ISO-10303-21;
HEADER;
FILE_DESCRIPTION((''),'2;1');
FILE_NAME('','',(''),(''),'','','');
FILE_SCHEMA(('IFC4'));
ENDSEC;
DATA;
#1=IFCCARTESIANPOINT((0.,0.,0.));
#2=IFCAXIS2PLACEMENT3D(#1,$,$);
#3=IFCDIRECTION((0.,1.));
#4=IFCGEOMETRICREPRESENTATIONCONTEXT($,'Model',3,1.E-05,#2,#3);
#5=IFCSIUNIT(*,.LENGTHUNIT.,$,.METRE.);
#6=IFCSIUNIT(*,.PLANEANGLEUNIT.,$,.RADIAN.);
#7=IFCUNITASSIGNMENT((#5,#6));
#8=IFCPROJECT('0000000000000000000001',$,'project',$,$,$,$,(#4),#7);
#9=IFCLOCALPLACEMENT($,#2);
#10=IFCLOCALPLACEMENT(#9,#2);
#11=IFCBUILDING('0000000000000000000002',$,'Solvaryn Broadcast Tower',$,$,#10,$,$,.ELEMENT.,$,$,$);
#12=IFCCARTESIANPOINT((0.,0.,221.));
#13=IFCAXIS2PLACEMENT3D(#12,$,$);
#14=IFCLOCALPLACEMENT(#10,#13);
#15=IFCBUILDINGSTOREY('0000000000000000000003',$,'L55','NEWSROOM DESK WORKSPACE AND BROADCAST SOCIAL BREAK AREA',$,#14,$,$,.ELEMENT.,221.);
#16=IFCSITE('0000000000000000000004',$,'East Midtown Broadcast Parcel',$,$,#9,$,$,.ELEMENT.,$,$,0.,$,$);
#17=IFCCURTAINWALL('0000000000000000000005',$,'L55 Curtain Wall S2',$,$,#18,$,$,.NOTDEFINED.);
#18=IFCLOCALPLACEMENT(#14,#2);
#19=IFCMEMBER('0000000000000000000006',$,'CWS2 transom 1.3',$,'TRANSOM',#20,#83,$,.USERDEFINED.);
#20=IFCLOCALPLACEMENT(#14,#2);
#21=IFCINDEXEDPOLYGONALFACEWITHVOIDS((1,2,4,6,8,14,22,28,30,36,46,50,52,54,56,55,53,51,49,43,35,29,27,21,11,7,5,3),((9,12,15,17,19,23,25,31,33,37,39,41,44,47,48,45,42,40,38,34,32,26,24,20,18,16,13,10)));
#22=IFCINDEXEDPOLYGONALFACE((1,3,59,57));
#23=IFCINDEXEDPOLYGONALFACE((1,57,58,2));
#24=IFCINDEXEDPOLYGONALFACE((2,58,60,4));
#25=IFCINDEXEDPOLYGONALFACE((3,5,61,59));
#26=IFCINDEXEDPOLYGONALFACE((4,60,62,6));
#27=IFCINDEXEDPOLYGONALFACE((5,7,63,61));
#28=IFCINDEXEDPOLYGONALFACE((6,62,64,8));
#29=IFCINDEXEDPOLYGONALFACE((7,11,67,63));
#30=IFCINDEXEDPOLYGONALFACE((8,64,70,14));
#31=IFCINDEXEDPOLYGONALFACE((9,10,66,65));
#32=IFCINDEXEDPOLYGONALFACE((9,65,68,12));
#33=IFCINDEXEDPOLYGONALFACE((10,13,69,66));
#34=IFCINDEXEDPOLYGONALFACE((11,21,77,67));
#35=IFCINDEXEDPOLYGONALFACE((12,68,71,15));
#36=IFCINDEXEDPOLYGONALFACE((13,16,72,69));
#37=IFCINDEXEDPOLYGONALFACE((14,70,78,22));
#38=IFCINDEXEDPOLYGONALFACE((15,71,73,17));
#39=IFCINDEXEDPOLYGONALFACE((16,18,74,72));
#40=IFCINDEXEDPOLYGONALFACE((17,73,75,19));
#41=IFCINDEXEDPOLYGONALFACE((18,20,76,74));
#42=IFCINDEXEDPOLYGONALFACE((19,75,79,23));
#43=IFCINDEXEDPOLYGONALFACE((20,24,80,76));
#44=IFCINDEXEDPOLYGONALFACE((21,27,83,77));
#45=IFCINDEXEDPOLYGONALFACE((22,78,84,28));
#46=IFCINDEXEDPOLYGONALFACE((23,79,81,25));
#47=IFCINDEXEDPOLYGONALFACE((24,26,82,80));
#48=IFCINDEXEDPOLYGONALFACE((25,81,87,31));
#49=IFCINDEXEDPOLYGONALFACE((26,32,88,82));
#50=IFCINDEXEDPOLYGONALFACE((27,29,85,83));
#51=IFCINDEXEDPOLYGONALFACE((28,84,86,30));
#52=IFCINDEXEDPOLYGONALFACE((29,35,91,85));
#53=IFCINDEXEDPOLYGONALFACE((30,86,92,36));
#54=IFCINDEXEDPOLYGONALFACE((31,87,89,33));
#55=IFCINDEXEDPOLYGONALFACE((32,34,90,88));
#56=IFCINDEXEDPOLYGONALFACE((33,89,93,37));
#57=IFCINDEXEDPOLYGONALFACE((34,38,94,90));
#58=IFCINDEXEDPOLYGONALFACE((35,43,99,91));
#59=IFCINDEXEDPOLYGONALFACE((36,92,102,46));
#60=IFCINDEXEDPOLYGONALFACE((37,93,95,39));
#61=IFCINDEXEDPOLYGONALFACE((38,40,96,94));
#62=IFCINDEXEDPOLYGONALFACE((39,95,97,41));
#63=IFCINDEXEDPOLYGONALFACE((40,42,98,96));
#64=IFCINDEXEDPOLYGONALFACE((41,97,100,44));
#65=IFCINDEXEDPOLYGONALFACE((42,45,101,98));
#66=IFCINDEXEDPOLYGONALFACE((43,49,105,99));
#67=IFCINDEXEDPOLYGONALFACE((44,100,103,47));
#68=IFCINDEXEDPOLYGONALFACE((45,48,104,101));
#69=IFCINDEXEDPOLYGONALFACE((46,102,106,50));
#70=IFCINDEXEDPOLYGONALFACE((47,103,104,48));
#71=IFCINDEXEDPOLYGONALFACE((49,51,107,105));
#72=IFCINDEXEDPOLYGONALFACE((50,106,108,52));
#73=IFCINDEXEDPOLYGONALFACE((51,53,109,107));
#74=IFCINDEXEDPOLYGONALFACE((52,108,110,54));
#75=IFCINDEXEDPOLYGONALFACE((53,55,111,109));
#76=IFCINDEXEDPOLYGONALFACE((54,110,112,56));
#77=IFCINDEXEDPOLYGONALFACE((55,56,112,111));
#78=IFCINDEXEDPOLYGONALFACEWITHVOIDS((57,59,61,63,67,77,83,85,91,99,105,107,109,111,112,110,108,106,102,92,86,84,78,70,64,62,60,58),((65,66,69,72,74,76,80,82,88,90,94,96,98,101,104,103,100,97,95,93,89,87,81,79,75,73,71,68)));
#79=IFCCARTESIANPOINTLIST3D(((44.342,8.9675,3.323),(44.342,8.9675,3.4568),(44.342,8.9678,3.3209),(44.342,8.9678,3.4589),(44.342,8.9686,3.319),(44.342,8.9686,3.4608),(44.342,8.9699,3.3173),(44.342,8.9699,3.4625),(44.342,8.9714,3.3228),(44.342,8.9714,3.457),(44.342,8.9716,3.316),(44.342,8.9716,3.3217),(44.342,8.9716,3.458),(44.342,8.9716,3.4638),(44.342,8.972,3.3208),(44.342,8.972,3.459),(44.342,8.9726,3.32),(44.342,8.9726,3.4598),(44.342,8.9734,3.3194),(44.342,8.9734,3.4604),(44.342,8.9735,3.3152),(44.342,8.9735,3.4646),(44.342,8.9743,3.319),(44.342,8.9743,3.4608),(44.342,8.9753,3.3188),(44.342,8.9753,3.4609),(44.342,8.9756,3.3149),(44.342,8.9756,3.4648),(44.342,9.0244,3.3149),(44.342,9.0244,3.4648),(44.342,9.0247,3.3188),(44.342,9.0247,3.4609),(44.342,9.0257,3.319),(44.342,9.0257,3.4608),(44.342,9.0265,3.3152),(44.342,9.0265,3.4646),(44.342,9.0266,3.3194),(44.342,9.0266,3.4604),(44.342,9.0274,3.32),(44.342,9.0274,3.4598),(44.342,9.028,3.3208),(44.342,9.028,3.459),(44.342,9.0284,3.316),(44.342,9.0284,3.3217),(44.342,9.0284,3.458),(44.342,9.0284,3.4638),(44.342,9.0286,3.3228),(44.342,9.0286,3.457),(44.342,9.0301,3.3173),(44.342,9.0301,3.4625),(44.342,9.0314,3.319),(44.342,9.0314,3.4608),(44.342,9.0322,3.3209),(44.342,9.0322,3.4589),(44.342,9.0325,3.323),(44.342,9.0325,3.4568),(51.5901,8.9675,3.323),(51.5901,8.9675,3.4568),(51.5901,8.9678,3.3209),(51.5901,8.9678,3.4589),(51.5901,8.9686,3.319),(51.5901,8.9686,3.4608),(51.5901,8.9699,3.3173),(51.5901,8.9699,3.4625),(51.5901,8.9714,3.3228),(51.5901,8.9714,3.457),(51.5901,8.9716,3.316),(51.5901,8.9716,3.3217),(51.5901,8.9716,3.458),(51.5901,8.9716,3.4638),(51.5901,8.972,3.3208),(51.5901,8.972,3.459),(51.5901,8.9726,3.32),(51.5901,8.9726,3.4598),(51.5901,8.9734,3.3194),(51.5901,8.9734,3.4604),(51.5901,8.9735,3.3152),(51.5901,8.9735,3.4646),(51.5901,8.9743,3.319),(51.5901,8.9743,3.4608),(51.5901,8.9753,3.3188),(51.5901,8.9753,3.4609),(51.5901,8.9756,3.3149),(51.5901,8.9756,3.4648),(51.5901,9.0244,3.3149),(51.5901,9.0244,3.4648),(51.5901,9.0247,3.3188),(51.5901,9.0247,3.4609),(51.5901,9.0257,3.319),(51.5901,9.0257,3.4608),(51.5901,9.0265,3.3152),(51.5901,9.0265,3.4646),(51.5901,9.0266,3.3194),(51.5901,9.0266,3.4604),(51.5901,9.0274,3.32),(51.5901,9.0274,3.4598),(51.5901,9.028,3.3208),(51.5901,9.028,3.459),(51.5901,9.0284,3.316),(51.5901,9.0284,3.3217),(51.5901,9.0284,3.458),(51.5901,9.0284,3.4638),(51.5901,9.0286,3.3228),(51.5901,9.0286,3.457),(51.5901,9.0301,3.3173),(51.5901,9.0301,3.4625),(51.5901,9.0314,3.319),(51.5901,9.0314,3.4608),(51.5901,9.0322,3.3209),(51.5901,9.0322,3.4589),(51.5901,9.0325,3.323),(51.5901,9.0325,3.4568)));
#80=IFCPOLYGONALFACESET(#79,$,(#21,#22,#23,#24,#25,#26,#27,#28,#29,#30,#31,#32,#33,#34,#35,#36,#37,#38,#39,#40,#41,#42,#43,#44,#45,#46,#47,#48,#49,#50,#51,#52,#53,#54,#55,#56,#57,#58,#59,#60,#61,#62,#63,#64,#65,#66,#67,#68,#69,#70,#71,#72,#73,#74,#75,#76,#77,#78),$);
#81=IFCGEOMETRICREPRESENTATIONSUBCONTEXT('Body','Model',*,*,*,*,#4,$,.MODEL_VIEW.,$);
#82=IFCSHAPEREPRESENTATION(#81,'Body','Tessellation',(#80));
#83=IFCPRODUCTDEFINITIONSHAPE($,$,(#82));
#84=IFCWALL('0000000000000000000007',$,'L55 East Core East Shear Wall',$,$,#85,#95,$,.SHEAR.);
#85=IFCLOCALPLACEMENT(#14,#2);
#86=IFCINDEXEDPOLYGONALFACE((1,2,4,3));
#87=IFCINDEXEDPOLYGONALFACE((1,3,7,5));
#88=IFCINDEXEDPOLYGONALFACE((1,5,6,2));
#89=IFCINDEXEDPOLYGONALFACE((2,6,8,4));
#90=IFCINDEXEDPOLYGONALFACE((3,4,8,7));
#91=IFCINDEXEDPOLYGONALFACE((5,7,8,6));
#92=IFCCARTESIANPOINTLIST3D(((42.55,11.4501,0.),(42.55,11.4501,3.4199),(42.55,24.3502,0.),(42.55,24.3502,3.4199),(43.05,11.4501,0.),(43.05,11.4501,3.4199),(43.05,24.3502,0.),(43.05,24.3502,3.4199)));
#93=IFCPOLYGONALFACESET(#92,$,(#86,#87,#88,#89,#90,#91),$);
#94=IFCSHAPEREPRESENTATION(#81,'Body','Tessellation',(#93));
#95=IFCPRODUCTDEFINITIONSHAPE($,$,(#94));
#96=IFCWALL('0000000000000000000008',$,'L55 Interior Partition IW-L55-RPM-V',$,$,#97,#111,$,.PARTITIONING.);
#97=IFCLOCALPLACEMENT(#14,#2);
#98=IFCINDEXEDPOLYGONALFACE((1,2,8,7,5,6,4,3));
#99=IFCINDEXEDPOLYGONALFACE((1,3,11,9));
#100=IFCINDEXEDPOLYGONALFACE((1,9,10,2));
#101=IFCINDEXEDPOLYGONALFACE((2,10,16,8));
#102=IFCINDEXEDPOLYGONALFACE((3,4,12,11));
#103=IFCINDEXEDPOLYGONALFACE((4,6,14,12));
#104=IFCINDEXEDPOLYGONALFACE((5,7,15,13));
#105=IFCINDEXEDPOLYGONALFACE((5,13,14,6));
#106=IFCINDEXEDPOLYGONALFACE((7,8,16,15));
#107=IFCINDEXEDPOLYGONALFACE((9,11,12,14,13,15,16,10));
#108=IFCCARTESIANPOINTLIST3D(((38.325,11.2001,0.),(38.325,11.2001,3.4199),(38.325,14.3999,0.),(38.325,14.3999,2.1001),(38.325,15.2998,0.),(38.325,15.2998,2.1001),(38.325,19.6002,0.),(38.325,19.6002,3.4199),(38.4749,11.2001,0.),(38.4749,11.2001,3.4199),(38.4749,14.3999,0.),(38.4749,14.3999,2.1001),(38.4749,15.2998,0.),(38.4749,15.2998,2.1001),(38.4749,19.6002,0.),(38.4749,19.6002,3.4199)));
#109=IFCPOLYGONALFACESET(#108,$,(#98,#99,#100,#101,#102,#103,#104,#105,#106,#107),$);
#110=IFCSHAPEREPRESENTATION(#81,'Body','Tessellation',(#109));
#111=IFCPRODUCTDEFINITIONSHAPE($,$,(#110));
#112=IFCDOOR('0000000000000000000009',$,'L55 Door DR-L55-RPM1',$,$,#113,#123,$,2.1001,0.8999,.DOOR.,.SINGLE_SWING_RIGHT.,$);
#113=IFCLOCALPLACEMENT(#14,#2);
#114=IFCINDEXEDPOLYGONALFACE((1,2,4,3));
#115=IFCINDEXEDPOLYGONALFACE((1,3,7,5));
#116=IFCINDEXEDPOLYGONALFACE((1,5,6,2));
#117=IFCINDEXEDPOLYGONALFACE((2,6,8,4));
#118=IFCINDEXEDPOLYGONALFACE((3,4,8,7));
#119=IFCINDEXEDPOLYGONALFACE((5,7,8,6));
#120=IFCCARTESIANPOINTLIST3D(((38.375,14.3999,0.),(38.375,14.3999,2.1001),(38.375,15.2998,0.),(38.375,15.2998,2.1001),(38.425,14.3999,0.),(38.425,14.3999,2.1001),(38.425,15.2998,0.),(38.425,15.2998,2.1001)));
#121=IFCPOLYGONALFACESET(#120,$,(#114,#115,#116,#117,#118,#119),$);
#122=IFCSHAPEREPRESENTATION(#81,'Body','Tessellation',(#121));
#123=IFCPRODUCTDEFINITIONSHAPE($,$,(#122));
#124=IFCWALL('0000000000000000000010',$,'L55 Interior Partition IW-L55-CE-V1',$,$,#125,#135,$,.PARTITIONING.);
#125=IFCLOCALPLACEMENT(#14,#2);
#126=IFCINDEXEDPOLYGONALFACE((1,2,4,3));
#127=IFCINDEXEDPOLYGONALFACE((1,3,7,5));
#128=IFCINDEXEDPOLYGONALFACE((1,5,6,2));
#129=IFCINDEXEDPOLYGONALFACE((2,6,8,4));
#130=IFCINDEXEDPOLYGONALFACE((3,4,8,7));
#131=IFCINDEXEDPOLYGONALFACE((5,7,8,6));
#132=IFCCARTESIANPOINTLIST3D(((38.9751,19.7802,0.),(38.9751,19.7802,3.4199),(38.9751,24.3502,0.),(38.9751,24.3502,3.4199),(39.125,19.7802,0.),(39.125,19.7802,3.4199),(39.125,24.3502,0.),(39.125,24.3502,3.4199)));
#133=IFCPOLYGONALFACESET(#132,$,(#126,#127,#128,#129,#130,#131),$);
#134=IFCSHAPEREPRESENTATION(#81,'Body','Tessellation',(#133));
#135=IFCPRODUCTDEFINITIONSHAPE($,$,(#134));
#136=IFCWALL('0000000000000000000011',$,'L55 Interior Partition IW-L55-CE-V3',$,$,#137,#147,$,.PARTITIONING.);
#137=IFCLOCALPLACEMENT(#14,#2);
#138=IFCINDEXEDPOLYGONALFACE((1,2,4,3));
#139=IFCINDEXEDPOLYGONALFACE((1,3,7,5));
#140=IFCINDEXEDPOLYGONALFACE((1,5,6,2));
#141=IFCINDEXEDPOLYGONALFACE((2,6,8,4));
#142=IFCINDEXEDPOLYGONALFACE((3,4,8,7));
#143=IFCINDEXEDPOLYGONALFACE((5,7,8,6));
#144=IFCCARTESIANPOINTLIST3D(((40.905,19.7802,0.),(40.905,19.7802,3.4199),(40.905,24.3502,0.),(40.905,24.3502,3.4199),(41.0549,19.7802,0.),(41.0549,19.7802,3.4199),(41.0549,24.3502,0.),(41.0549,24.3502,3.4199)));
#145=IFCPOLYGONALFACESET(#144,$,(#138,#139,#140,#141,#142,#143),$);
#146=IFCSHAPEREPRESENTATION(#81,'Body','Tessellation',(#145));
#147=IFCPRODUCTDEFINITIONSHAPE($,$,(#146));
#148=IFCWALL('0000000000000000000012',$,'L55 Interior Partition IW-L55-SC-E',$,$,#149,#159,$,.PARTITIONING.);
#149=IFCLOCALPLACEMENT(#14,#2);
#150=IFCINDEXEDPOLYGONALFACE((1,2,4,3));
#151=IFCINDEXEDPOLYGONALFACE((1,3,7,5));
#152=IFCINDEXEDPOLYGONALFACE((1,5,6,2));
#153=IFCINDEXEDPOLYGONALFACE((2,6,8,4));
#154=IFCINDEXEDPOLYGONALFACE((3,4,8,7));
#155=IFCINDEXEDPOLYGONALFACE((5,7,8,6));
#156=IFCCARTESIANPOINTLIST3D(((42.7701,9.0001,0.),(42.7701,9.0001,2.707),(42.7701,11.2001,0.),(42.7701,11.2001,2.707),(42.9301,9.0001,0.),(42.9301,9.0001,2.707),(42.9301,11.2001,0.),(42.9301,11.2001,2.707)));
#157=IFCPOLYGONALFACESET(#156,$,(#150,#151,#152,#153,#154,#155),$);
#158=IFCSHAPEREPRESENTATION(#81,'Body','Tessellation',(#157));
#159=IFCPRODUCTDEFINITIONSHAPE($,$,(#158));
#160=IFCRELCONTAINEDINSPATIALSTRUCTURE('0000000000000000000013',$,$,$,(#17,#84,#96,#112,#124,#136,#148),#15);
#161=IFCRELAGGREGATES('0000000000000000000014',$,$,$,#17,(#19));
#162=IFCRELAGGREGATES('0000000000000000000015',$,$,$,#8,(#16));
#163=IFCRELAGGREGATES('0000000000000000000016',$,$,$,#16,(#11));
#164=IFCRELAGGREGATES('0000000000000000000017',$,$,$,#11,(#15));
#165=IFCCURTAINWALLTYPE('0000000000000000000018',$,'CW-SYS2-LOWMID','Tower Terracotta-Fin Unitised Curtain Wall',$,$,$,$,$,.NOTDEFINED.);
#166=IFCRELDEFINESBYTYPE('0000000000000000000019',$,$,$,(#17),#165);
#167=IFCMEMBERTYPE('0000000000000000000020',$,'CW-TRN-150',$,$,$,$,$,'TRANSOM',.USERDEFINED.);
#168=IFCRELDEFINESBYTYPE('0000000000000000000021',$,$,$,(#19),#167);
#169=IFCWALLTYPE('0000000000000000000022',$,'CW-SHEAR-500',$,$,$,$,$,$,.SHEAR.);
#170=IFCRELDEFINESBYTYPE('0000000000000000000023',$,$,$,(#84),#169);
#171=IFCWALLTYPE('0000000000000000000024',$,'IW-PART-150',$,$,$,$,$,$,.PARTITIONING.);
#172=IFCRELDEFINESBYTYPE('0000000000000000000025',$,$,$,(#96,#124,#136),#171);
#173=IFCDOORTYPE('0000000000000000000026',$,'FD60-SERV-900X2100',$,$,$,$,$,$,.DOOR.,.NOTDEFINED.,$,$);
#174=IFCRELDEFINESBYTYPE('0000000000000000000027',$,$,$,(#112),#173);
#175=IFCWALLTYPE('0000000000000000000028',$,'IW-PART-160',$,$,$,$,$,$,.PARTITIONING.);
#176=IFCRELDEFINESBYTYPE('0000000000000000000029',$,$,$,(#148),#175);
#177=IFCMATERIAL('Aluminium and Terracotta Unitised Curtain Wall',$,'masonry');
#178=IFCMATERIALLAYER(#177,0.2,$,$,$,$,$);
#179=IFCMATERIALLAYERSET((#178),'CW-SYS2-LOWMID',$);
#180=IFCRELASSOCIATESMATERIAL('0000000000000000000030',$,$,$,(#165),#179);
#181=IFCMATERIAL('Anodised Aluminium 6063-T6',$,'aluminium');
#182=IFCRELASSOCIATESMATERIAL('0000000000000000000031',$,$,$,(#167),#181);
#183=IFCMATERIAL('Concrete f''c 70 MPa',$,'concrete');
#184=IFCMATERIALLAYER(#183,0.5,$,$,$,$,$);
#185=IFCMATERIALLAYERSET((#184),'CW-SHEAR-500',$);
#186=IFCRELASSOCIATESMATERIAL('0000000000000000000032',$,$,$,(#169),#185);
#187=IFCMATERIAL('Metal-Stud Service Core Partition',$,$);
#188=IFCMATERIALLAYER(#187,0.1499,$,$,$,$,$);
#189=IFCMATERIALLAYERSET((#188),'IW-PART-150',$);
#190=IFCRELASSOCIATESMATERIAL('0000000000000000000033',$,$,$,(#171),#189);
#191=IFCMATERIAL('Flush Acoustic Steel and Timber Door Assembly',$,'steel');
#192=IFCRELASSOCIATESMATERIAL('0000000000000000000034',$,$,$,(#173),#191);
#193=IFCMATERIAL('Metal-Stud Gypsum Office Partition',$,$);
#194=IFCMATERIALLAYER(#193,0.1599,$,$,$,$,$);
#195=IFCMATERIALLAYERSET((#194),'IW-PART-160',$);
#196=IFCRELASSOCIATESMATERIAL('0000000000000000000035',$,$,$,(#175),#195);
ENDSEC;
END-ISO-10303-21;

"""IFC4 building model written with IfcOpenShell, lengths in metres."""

from ifc_helpers import new_model, si_unit, direction, frame, frame_2d, origin, origin_2d, place, context, subcontext, project, spatial, rectangle, hollow_rectangle, extrude, material, layer, layer_set, material_profile, profile_set, type_object, element, fill, aggregate, save


model = new_model("IFC4")

# Units and contexts
model_context = context("Model", 3, precision=1e-05, world=origin(), true_north=direction((0.0, 1.0)))
body_context = subcontext(model_context, "Body", "Model", "MODEL_VIEW")
ifc_project = project(units=[si_unit("LENGTHUNIT", "METRE"), si_unit("PLANEANGLEUNIT", "RADIAN")], contexts=[model_context])

# Site, building, storey
site_placement = place(None, origin())
site = spatial("IfcSite", under=ifc_project, at=site_placement, Name="East Midtown Broadcast Parcel", CompositionType="ELEMENT", RefElevation=0.0)
building_placement = place(site_placement, origin())
building = spatial("IfcBuilding", under=site, at=building_placement, Name="Solvaryn Broadcast Tower", CompositionType="ELEMENT")
storey_placement = place(building_placement, frame((0.0, 0.0, 221.0)))
storey = spatial("IfcBuildingStorey", under=building, at=storey_placement, Name="L55", Description="NEWSROOM DESK WORKSPACE AND BROADCAST SOCIAL BREAK AREA", CompositionType="ELEMENT", Elevation=221.0)

# Shared definitions
ifc_material_1 = material(Name="Aluminium and Terracotta Unitised Curtain Wall", Category="masonry")
ifc_layer_1 = layer(ifc_material_1, 0.2)
ifc_layer_set_1 = layer_set([ifc_layer_1], Name="CW-SYS2-LOWMID")
curtain_wall_type = type_object("IfcCurtainWallType", Name="CW-SYS2-LOWMID", Description="Tower Terracotta-Fin Unitised Curtain Wall", PredefinedType="NOTDEFINED", material=ifc_layer_set_1)

# Curtain wall, member
curtain_wall_1_placement = place(storey_placement, origin())
curtain_wall_1 = element("IfcCurtainWall", 1, at=curtain_wall_1_placement, inside=storey, type_object=curtain_wall_type, Name="L55 Curtain Wall S2", PredefinedType="NOTDEFINED")
ifc_material_2 = material(Name="Anodised Aluminium 6063-T6", Category="aluminium")
ifc_material_profile_1 = material_profile(ifc_material_2, hollow_rectangle(XDim=0.0649, YDim=0.1499, WallThickness=0.0039, InnerFilletRadius=0.0039, OuterFilletRadius=0.0081, at=origin_2d()))
ifc_profile_set_1 = profile_set([ifc_material_profile_1], Name="Anodised Aluminium 6063-T6")
member_type_1 = type_object("IfcMemberType", Name="CW-TRN-150", ElementType="TRANSOM", PredefinedType="USERDEFINED", material=ifc_profile_set_1)
member_1_placement = place(storey_placement, frame((44.342, 9.0, 3.3899), z_axis=(1.0, 0.0, 0.0), x_axis=(0.0, 1.0, 0.0)))
member_1 = element("IfcMember", 2, at=member_1_placement, type_object=member_type_1, Name="CWS2 transom 1.3", ObjectType="TRANSOM", PredefinedType="USERDEFINED", context=body_context, shape_type="SweptSolid", body=[
    extrude(hollow_rectangle(XDim=0.0649, YDim=0.1499, WallThickness=0.0039, InnerFilletRadius=0.0039, OuterFilletRadius=0.0081, at=origin_2d()), origin(), (0.0, 0.0, 1.0), 7.248),
])
aggregate(curtain_wall_1, [member_1])

# Wall
ifc_material_3 = material(Name="Concrete f'c 70 MPa", Category="concrete")
ifc_layer_2 = layer(ifc_material_3, 0.5)
ifc_layer_set_2 = layer_set([ifc_layer_2], Name="CW-SHEAR-500")
wall_type_1 = type_object("IfcWallType", Name="CW-SHEAR-500", PredefinedType="SHEAR", material=ifc_layer_set_2)
wall_1_placement = place(storey_placement, frame((42.8, 11.45, 0.0), z_axis=(0.0, 0.0, 1.0), x_axis=(0.0, 1.0, 0.0)))
element("IfcWall", 3, at=wall_1_placement, inside=storey, type_object=wall_type_1, Name="L55 East Core East Shear Wall", PredefinedType="SHEAR", context=body_context, shape_type="SweptSolid", body=[
    extrude(rectangle(XDim=12.9001, YDim=0.5, at=frame_2d((6.4502, 0.0))), origin(), (0.0, 0.0, 1.0), 3.4199),
])

# Wall, opening, door
ifc_material_4 = material(Name="Metal-Stud Service Core Partition")
ifc_layer_3 = layer(ifc_material_4, 0.1499)
ifc_layer_set_3 = layer_set([ifc_layer_3], Name="IW-PART-150")
wall_type_2 = type_object("IfcWallType", Name="IW-PART-150", PredefinedType="PARTITIONING", material=ifc_layer_set_3)
wall_2_placement = place(storey_placement, frame((38.3999, 11.2, 0.0), z_axis=(0.0, 0.0, 1.0), x_axis=(0.0, 1.0, 0.0)))
wall_2 = element("IfcWall", 4, at=wall_2_placement, inside=storey, type_object=wall_type_2, Name="L55 Interior Partition IW-L55-RPM-V", PredefinedType="PARTITIONING", context=body_context, shape_type="SweptSolid", body=[
    extrude(rectangle(XDim=8.4001, YDim=0.1499, at=frame_2d((4.2002, 0.0))), origin(), (0.0, 0.0, 1.0), 3.4199),
])
opening_1_placement = place(wall_2_placement, frame((3.2, 0.0, 0.0)))
opening_1 = element("IfcOpeningElement", 5, at=opening_1_placement, cuts=wall_2, PredefinedType="OPENING", context=body_context, shape_type="SweptSolid", body=[
    extrude(rectangle(XDim=0.8999, YDim=2.1001, at=frame_2d((0.45, 1.05))), frame((0.0, 0.085, 0.0), z_axis=(0.0, -1.0, 0.0), x_axis=(1.0, 0.0, 0.0)), (0.0, 0.0, 1.0), 0.1699),
])
ifc_material_5 = material(Name="Flush Acoustic Steel and Timber Door Assembly", Category="steel")
door_type_1 = type_object("IfcDoorType", Name="FD60-SERV-900X2100", OperationType="NOTDEFINED", PredefinedType="DOOR", material=ifc_material_5)
door_1_placement = place(opening_1_placement, origin())
door_1 = element("IfcDoor", 6, at=door_1_placement, inside=storey, type_object=door_type_1, Name="L55 Door DR-L55-RPM1", OperationType="SINGLE_SWING_RIGHT", OverallHeight=2.1001, OverallWidth=0.8999, PredefinedType="DOOR", context=body_context, shape_type="SweptSolid", body=[
    extrude(rectangle(XDim=0.8999, YDim=2.1001, at=frame_2d((0.45, 1.05))), frame((0.0, 0.0249, 0.0), z_axis=(0.0, -1.0, 0.0), x_axis=(1.0, 0.0, 0.0)), (0.0, 0.0, 1.0), 0.05),
])
fill(opening_1, door_1)

# Walls
for number, where, z_axis, x_axis, name in (
    (7, (39.05, 19.78, 0.0), (0.0, 0.0, 1.0), (0.0, 1.0, 0.0), "L55 Interior Partition IW-L55-CE-V1"),
    (8, (40.98, 19.78, 0.0), (0.0, 0.0, 1.0), (0.0, 1.0, 0.0), "L55 Interior Partition IW-L55-CE-V3"),
):
    element("IfcWall", number, at=place(storey_placement, frame(where, z_axis=z_axis, x_axis=x_axis)), inside=storey, type_object=wall_type_2, Name=name, PredefinedType="PARTITIONING", context=body_context, shape_type="SweptSolid", body=[
        extrude(rectangle(XDim=4.5701, YDim=0.1499, at=frame_2d((2.2852, 0.0))), origin(), (0.0, 0.0, 1.0), 3.4199),
    ])
ifc_material_6 = material(Name="Metal-Stud Gypsum Office Partition")
ifc_layer_4 = layer(ifc_material_6, 0.1599)
ifc_layer_set_4 = layer_set([ifc_layer_4], Name="IW-PART-160")
wall_type_3 = type_object("IfcWallType", Name="IW-PART-160", PredefinedType="PARTITIONING", material=ifc_layer_set_4)
wall_3_placement = place(storey_placement, frame((42.8501, 9.0, 0.0), z_axis=(0.0, 0.0, 1.0), x_axis=(0.0, 1.0, 0.0)))
element("IfcWall", 9, at=wall_3_placement, inside=storey, type_object=wall_type_3, Name="L55 Interior Partition IW-L55-SC-E", PredefinedType="PARTITIONING", context=body_context, shape_type="SweptSolid", body=[
    extrude(rectangle(XDim=2.2, YDim=0.1599, at=frame_2d((1.1001, 0.0))), origin(), (0.0, 0.0, 1.0), 2.707),
])

save(model, "model.ifc")
